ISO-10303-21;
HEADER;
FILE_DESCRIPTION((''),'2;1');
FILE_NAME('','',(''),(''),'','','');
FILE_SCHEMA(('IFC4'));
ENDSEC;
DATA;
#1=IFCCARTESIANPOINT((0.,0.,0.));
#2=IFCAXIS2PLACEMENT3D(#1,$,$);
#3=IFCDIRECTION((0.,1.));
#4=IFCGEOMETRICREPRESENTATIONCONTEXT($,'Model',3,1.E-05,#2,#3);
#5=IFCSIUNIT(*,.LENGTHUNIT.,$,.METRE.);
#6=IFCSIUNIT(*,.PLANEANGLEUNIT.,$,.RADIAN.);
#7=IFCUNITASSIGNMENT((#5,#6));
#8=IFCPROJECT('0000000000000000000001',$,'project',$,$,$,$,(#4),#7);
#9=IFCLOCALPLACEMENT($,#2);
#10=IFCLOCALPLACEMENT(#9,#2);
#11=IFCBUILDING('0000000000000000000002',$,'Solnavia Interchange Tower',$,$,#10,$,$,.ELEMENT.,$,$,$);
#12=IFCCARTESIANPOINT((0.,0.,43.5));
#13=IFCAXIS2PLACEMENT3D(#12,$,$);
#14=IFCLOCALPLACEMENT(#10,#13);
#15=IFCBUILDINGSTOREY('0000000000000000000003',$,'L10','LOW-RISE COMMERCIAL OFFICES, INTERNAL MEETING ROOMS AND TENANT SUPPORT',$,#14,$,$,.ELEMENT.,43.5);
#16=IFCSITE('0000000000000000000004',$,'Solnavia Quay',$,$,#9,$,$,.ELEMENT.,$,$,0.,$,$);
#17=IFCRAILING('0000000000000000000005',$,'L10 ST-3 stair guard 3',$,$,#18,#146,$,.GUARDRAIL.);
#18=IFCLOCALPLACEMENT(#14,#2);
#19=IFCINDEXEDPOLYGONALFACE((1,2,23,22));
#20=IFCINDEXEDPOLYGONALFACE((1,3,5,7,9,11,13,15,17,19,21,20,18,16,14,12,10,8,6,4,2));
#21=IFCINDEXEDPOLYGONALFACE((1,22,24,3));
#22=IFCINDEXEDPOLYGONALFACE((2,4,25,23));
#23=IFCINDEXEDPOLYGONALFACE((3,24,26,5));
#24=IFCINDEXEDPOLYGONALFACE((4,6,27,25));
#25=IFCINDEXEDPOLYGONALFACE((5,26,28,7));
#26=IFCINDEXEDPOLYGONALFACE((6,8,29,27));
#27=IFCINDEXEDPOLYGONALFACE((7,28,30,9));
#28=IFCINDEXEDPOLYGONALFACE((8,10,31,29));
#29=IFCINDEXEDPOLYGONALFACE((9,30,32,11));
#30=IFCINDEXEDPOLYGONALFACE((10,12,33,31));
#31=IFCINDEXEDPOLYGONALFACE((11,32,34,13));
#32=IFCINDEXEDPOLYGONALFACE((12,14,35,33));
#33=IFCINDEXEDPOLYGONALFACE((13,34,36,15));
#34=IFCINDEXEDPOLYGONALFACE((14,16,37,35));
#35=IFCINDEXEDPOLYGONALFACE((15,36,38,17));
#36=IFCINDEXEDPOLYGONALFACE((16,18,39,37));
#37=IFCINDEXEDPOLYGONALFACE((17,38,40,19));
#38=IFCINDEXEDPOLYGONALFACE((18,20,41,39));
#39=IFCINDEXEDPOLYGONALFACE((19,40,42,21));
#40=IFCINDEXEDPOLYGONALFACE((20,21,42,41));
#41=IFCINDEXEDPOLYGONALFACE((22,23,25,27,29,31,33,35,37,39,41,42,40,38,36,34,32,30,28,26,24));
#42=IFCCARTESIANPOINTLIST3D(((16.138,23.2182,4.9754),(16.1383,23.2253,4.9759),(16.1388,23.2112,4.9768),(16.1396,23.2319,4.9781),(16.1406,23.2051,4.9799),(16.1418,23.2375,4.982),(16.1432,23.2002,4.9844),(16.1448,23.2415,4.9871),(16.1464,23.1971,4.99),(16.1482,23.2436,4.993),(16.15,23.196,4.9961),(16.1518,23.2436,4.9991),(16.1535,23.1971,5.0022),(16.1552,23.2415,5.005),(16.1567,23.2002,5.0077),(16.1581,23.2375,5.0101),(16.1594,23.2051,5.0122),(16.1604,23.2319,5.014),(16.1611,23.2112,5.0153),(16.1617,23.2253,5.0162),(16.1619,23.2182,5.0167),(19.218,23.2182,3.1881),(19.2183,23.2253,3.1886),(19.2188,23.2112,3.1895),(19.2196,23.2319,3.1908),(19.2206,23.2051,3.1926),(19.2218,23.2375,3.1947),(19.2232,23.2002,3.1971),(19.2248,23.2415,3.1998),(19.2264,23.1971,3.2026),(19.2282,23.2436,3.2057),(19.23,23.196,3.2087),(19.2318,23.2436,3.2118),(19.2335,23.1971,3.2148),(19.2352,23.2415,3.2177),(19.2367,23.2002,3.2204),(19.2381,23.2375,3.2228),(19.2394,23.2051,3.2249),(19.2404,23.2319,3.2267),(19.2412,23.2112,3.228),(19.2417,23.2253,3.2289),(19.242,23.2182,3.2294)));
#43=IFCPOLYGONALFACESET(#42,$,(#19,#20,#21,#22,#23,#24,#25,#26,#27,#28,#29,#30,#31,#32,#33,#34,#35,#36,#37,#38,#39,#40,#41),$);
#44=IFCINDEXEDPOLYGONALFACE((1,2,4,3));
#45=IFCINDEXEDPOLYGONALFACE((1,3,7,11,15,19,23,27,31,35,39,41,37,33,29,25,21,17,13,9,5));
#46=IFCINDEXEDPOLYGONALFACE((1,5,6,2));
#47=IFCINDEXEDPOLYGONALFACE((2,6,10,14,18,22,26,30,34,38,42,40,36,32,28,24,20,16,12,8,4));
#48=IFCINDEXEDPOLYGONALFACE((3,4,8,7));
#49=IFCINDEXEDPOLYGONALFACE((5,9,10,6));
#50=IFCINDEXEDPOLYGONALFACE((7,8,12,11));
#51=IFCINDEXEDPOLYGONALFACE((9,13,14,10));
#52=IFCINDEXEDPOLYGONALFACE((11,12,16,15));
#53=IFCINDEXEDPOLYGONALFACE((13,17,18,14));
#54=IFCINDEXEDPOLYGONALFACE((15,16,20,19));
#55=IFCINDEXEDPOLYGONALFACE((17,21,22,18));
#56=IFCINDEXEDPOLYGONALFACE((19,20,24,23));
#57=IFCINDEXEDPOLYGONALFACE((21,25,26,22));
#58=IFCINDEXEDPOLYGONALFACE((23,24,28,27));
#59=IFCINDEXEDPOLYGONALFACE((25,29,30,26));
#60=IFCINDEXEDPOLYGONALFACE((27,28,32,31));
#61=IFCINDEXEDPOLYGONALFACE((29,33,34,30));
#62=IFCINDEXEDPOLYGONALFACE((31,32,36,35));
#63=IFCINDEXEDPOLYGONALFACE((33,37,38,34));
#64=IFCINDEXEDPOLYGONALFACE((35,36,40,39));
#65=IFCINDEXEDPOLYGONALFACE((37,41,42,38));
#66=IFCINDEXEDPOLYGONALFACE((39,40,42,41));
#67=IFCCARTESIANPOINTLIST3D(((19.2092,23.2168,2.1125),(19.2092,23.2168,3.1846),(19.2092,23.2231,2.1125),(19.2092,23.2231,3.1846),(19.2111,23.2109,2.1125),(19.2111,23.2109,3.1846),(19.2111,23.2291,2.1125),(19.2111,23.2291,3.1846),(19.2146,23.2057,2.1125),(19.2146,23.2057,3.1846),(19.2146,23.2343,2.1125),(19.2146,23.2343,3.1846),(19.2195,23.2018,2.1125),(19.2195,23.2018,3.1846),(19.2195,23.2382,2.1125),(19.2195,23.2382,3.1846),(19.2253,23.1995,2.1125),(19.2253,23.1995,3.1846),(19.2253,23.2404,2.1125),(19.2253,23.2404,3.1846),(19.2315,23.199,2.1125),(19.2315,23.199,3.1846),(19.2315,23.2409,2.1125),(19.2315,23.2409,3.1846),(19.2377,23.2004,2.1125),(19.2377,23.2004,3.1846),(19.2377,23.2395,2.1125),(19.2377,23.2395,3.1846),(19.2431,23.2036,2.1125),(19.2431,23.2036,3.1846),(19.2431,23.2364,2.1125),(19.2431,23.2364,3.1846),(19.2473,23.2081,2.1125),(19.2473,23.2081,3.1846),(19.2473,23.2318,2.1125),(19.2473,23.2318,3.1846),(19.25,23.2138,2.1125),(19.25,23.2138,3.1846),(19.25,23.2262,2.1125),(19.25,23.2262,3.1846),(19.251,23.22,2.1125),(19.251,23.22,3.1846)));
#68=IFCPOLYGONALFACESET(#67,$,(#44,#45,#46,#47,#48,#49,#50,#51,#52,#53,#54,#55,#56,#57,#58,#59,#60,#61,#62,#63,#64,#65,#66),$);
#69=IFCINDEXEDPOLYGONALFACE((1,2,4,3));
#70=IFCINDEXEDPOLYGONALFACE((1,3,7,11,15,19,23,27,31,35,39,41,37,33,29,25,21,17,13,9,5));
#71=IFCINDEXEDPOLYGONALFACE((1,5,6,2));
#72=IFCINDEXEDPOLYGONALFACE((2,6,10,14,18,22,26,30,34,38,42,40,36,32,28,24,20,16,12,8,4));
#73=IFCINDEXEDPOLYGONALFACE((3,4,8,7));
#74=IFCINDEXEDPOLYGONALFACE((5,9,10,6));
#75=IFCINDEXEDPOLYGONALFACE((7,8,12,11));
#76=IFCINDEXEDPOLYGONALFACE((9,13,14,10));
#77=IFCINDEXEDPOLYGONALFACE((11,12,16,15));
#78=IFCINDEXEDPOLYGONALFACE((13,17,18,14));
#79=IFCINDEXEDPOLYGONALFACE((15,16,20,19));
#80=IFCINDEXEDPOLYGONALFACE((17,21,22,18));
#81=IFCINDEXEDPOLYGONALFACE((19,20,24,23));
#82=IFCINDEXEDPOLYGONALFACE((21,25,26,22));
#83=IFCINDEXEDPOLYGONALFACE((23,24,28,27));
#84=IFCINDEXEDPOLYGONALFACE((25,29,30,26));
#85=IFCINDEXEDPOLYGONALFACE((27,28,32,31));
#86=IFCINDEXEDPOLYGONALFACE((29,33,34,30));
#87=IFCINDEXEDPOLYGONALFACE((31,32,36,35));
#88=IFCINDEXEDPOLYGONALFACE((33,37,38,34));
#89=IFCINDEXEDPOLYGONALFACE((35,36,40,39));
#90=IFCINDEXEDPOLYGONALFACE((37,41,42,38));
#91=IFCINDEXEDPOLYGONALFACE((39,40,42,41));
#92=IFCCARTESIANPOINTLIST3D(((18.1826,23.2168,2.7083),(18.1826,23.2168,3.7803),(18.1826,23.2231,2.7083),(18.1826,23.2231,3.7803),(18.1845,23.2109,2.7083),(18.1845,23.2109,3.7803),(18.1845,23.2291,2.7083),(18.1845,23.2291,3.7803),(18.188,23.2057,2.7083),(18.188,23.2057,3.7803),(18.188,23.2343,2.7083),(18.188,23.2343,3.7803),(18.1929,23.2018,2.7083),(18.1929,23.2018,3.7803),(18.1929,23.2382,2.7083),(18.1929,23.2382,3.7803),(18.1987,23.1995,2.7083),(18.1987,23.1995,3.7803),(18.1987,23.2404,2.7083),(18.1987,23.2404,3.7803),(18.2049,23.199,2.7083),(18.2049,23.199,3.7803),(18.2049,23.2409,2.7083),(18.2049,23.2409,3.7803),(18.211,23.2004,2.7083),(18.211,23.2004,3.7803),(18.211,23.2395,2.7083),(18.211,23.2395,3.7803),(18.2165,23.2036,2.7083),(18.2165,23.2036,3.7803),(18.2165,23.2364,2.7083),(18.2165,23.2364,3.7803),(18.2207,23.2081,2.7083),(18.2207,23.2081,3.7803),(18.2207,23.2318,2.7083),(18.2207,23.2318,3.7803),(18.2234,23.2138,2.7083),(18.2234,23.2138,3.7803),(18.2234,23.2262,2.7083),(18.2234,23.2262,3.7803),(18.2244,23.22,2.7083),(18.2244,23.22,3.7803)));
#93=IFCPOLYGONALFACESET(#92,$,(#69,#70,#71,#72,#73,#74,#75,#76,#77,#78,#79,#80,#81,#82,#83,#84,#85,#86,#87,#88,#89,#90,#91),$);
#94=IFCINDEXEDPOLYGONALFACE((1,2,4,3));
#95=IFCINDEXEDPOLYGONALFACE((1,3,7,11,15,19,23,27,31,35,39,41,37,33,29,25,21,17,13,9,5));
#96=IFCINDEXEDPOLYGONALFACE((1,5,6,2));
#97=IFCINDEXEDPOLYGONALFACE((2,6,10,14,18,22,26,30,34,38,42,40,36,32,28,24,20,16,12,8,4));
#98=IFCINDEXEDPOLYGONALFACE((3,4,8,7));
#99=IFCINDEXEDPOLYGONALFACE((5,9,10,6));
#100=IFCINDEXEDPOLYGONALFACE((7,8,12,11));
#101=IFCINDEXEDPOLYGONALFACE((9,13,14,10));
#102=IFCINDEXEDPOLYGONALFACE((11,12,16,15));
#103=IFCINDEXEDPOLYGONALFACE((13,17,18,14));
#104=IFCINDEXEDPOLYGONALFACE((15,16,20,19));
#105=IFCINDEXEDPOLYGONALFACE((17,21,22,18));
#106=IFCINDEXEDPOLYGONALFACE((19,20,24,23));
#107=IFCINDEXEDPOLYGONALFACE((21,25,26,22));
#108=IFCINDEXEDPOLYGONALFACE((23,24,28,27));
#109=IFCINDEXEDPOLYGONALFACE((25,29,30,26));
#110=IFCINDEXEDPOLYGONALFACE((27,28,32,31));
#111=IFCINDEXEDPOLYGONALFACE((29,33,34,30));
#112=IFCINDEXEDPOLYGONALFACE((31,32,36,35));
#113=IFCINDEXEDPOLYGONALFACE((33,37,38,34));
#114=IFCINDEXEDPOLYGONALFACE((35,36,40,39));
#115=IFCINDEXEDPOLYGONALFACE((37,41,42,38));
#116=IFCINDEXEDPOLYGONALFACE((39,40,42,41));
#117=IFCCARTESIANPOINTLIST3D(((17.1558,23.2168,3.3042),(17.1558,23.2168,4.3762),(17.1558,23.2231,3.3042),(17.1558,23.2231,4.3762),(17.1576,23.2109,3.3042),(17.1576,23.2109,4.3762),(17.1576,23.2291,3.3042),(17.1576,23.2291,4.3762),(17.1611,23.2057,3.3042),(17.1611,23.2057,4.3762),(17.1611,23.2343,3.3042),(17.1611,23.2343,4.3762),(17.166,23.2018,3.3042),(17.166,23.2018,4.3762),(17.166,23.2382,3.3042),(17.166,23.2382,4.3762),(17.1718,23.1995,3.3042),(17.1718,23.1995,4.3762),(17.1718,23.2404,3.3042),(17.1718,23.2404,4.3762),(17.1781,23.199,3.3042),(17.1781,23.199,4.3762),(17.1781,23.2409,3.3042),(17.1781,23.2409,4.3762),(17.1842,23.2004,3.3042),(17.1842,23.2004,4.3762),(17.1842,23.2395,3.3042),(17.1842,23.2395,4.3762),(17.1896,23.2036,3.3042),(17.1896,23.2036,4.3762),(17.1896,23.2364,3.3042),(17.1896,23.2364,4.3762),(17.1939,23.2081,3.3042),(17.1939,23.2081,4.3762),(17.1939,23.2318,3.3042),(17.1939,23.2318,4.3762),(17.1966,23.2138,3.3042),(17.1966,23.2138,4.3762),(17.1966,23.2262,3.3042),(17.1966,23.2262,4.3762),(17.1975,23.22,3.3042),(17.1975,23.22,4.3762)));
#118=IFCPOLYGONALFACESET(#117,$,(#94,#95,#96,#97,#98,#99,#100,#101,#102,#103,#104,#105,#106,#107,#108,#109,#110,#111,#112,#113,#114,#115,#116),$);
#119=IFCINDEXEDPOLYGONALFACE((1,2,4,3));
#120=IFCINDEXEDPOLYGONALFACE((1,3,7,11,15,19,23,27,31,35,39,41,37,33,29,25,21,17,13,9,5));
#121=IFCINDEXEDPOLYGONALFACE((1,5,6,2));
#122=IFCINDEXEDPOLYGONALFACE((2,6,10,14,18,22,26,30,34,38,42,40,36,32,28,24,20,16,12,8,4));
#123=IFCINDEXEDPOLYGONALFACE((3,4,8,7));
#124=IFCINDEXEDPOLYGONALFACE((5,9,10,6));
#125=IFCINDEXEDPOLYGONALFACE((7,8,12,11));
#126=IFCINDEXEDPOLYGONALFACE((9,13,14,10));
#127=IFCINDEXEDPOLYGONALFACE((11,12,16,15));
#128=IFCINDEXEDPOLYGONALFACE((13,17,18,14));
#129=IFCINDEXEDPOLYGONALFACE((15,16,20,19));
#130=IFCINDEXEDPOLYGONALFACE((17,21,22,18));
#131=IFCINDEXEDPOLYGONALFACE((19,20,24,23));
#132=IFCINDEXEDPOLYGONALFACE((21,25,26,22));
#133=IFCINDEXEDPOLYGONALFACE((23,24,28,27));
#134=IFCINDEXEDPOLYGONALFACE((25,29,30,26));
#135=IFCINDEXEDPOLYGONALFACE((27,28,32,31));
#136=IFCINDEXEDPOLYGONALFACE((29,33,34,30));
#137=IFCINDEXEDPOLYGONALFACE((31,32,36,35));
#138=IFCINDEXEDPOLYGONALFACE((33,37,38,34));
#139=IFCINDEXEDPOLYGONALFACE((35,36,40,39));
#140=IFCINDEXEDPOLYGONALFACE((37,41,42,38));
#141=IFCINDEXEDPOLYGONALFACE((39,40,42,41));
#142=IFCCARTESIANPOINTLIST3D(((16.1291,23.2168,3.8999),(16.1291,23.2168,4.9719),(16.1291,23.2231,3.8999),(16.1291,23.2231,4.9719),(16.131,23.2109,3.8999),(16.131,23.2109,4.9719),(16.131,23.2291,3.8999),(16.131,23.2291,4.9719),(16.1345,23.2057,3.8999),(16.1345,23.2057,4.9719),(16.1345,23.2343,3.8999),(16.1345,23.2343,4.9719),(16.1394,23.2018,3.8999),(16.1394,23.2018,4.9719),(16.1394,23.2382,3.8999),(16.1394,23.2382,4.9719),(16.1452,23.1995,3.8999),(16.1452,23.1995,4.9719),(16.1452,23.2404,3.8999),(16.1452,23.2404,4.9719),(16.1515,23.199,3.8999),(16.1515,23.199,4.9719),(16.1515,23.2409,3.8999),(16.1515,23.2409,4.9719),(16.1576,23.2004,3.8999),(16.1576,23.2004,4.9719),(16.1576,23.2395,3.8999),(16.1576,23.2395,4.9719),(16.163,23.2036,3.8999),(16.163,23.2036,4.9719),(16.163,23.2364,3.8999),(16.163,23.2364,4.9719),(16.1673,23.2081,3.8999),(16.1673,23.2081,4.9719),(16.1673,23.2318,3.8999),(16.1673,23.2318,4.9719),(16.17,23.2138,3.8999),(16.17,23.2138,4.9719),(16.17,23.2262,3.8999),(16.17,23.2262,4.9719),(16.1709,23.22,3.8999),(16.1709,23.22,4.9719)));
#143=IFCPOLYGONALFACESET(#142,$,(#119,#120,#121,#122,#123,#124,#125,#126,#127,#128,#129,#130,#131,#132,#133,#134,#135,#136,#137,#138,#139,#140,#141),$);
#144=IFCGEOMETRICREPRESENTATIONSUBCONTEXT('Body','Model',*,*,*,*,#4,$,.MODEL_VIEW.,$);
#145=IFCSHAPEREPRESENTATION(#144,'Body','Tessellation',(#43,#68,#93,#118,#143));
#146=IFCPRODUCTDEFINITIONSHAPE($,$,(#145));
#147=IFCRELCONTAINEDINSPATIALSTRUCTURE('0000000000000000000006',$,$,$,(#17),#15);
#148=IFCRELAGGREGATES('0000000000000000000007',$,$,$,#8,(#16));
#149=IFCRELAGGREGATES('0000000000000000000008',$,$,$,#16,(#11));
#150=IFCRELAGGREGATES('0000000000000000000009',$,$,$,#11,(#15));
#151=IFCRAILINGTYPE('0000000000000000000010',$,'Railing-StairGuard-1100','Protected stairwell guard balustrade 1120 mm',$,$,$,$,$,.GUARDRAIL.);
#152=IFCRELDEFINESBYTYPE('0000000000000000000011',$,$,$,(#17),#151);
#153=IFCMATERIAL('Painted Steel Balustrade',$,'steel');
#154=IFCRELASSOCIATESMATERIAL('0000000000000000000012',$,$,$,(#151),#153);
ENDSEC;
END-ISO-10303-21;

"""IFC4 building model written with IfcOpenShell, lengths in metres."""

from ifc_helpers import new_model, si_unit, direction, frame, origin, origin_2d, place, context, subcontext, project, spatial, circle, extrude, material, type_object, element, save


model = new_model("IFC4")

# Units and contexts
model_context = context("Model", 3, precision=1e-05, world=origin(), true_north=direction((0.0, 1.0)))
body_context = subcontext(model_context, "Body", "Model", "MODEL_VIEW")
ifc_project = project(units=[si_unit("LENGTHUNIT", "METRE"), si_unit("PLANEANGLEUNIT", "RADIAN")], contexts=[model_context])

# Site, building, storey
site_placement = place(None, origin())
site = spatial("IfcSite", under=ifc_project, at=site_placement, Name="Solnavia Quay", CompositionType="ELEMENT", RefElevation=0.0)
building_placement = place(site_placement, origin())
building = spatial("IfcBuilding", under=site, at=building_placement, Name="Solnavia Interchange Tower", CompositionType="ELEMENT")
storey_placement = place(building_placement, frame((0.0, 0.0, 43.5)))
storey = spatial("IfcBuildingStorey", under=building, at=storey_placement, Name="L10", Description="LOW-RISE COMMERCIAL OFFICES, INTERNAL MEETING ROOMS AND TENANT SUPPORT", CompositionType="ELEMENT", Elevation=43.5)

# Railing
ifc_material_1 = material(Name="Painted Steel Balustrade", Category="steel")
railing_type_1 = type_object("IfcRailingType", Name="Railing-StairGuard-1100", Description="Protected stairwell guard balustrade 1120 mm", PredefinedType="GUARDRAIL", material=ifc_material_1)
railing_1_placement = place(storey_placement, frame((19.23, 23.22, 2.1125)))
element("IfcRailing", 1, at=railing_1_placement, inside=storey, type_object=railing_type_1, Name="L10 ST-3 stair guard 3", PredefinedType="GUARDRAIL", context=body_context, shape_type="SweptSolid", body=[
    extrude(circle(Radius=0.0239, at=origin_2d()), frame((0.0, 0.0, 1.0962), z_axis=(-0.86492, 0.0, 0.501909), x_axis=(0.0, -1.0, 0.0)), (0.0, 0.0, 1.0), 3.561),
    extrude(circle(Radius=0.021, at=origin_2d()), origin(), (0.0, 0.0, 1.0), 1.072),
    extrude(circle(Radius=0.021, at=origin_2d()), frame((-1.0266, 0.0, 0.5957)), (0.0, 0.0, 1.0), 1.072),
    extrude(circle(Radius=0.021, at=origin_2d()), frame((-2.0535, 0.0, 1.1917)), (0.0, 0.0, 1.0), 1.072),
    extrude(circle(Radius=0.021, at=origin_2d()), frame((-3.0801, 0.0, 1.7874)), (0.0, 0.0, 1.0), 1.072),
])

save(model, "model.ifc")
